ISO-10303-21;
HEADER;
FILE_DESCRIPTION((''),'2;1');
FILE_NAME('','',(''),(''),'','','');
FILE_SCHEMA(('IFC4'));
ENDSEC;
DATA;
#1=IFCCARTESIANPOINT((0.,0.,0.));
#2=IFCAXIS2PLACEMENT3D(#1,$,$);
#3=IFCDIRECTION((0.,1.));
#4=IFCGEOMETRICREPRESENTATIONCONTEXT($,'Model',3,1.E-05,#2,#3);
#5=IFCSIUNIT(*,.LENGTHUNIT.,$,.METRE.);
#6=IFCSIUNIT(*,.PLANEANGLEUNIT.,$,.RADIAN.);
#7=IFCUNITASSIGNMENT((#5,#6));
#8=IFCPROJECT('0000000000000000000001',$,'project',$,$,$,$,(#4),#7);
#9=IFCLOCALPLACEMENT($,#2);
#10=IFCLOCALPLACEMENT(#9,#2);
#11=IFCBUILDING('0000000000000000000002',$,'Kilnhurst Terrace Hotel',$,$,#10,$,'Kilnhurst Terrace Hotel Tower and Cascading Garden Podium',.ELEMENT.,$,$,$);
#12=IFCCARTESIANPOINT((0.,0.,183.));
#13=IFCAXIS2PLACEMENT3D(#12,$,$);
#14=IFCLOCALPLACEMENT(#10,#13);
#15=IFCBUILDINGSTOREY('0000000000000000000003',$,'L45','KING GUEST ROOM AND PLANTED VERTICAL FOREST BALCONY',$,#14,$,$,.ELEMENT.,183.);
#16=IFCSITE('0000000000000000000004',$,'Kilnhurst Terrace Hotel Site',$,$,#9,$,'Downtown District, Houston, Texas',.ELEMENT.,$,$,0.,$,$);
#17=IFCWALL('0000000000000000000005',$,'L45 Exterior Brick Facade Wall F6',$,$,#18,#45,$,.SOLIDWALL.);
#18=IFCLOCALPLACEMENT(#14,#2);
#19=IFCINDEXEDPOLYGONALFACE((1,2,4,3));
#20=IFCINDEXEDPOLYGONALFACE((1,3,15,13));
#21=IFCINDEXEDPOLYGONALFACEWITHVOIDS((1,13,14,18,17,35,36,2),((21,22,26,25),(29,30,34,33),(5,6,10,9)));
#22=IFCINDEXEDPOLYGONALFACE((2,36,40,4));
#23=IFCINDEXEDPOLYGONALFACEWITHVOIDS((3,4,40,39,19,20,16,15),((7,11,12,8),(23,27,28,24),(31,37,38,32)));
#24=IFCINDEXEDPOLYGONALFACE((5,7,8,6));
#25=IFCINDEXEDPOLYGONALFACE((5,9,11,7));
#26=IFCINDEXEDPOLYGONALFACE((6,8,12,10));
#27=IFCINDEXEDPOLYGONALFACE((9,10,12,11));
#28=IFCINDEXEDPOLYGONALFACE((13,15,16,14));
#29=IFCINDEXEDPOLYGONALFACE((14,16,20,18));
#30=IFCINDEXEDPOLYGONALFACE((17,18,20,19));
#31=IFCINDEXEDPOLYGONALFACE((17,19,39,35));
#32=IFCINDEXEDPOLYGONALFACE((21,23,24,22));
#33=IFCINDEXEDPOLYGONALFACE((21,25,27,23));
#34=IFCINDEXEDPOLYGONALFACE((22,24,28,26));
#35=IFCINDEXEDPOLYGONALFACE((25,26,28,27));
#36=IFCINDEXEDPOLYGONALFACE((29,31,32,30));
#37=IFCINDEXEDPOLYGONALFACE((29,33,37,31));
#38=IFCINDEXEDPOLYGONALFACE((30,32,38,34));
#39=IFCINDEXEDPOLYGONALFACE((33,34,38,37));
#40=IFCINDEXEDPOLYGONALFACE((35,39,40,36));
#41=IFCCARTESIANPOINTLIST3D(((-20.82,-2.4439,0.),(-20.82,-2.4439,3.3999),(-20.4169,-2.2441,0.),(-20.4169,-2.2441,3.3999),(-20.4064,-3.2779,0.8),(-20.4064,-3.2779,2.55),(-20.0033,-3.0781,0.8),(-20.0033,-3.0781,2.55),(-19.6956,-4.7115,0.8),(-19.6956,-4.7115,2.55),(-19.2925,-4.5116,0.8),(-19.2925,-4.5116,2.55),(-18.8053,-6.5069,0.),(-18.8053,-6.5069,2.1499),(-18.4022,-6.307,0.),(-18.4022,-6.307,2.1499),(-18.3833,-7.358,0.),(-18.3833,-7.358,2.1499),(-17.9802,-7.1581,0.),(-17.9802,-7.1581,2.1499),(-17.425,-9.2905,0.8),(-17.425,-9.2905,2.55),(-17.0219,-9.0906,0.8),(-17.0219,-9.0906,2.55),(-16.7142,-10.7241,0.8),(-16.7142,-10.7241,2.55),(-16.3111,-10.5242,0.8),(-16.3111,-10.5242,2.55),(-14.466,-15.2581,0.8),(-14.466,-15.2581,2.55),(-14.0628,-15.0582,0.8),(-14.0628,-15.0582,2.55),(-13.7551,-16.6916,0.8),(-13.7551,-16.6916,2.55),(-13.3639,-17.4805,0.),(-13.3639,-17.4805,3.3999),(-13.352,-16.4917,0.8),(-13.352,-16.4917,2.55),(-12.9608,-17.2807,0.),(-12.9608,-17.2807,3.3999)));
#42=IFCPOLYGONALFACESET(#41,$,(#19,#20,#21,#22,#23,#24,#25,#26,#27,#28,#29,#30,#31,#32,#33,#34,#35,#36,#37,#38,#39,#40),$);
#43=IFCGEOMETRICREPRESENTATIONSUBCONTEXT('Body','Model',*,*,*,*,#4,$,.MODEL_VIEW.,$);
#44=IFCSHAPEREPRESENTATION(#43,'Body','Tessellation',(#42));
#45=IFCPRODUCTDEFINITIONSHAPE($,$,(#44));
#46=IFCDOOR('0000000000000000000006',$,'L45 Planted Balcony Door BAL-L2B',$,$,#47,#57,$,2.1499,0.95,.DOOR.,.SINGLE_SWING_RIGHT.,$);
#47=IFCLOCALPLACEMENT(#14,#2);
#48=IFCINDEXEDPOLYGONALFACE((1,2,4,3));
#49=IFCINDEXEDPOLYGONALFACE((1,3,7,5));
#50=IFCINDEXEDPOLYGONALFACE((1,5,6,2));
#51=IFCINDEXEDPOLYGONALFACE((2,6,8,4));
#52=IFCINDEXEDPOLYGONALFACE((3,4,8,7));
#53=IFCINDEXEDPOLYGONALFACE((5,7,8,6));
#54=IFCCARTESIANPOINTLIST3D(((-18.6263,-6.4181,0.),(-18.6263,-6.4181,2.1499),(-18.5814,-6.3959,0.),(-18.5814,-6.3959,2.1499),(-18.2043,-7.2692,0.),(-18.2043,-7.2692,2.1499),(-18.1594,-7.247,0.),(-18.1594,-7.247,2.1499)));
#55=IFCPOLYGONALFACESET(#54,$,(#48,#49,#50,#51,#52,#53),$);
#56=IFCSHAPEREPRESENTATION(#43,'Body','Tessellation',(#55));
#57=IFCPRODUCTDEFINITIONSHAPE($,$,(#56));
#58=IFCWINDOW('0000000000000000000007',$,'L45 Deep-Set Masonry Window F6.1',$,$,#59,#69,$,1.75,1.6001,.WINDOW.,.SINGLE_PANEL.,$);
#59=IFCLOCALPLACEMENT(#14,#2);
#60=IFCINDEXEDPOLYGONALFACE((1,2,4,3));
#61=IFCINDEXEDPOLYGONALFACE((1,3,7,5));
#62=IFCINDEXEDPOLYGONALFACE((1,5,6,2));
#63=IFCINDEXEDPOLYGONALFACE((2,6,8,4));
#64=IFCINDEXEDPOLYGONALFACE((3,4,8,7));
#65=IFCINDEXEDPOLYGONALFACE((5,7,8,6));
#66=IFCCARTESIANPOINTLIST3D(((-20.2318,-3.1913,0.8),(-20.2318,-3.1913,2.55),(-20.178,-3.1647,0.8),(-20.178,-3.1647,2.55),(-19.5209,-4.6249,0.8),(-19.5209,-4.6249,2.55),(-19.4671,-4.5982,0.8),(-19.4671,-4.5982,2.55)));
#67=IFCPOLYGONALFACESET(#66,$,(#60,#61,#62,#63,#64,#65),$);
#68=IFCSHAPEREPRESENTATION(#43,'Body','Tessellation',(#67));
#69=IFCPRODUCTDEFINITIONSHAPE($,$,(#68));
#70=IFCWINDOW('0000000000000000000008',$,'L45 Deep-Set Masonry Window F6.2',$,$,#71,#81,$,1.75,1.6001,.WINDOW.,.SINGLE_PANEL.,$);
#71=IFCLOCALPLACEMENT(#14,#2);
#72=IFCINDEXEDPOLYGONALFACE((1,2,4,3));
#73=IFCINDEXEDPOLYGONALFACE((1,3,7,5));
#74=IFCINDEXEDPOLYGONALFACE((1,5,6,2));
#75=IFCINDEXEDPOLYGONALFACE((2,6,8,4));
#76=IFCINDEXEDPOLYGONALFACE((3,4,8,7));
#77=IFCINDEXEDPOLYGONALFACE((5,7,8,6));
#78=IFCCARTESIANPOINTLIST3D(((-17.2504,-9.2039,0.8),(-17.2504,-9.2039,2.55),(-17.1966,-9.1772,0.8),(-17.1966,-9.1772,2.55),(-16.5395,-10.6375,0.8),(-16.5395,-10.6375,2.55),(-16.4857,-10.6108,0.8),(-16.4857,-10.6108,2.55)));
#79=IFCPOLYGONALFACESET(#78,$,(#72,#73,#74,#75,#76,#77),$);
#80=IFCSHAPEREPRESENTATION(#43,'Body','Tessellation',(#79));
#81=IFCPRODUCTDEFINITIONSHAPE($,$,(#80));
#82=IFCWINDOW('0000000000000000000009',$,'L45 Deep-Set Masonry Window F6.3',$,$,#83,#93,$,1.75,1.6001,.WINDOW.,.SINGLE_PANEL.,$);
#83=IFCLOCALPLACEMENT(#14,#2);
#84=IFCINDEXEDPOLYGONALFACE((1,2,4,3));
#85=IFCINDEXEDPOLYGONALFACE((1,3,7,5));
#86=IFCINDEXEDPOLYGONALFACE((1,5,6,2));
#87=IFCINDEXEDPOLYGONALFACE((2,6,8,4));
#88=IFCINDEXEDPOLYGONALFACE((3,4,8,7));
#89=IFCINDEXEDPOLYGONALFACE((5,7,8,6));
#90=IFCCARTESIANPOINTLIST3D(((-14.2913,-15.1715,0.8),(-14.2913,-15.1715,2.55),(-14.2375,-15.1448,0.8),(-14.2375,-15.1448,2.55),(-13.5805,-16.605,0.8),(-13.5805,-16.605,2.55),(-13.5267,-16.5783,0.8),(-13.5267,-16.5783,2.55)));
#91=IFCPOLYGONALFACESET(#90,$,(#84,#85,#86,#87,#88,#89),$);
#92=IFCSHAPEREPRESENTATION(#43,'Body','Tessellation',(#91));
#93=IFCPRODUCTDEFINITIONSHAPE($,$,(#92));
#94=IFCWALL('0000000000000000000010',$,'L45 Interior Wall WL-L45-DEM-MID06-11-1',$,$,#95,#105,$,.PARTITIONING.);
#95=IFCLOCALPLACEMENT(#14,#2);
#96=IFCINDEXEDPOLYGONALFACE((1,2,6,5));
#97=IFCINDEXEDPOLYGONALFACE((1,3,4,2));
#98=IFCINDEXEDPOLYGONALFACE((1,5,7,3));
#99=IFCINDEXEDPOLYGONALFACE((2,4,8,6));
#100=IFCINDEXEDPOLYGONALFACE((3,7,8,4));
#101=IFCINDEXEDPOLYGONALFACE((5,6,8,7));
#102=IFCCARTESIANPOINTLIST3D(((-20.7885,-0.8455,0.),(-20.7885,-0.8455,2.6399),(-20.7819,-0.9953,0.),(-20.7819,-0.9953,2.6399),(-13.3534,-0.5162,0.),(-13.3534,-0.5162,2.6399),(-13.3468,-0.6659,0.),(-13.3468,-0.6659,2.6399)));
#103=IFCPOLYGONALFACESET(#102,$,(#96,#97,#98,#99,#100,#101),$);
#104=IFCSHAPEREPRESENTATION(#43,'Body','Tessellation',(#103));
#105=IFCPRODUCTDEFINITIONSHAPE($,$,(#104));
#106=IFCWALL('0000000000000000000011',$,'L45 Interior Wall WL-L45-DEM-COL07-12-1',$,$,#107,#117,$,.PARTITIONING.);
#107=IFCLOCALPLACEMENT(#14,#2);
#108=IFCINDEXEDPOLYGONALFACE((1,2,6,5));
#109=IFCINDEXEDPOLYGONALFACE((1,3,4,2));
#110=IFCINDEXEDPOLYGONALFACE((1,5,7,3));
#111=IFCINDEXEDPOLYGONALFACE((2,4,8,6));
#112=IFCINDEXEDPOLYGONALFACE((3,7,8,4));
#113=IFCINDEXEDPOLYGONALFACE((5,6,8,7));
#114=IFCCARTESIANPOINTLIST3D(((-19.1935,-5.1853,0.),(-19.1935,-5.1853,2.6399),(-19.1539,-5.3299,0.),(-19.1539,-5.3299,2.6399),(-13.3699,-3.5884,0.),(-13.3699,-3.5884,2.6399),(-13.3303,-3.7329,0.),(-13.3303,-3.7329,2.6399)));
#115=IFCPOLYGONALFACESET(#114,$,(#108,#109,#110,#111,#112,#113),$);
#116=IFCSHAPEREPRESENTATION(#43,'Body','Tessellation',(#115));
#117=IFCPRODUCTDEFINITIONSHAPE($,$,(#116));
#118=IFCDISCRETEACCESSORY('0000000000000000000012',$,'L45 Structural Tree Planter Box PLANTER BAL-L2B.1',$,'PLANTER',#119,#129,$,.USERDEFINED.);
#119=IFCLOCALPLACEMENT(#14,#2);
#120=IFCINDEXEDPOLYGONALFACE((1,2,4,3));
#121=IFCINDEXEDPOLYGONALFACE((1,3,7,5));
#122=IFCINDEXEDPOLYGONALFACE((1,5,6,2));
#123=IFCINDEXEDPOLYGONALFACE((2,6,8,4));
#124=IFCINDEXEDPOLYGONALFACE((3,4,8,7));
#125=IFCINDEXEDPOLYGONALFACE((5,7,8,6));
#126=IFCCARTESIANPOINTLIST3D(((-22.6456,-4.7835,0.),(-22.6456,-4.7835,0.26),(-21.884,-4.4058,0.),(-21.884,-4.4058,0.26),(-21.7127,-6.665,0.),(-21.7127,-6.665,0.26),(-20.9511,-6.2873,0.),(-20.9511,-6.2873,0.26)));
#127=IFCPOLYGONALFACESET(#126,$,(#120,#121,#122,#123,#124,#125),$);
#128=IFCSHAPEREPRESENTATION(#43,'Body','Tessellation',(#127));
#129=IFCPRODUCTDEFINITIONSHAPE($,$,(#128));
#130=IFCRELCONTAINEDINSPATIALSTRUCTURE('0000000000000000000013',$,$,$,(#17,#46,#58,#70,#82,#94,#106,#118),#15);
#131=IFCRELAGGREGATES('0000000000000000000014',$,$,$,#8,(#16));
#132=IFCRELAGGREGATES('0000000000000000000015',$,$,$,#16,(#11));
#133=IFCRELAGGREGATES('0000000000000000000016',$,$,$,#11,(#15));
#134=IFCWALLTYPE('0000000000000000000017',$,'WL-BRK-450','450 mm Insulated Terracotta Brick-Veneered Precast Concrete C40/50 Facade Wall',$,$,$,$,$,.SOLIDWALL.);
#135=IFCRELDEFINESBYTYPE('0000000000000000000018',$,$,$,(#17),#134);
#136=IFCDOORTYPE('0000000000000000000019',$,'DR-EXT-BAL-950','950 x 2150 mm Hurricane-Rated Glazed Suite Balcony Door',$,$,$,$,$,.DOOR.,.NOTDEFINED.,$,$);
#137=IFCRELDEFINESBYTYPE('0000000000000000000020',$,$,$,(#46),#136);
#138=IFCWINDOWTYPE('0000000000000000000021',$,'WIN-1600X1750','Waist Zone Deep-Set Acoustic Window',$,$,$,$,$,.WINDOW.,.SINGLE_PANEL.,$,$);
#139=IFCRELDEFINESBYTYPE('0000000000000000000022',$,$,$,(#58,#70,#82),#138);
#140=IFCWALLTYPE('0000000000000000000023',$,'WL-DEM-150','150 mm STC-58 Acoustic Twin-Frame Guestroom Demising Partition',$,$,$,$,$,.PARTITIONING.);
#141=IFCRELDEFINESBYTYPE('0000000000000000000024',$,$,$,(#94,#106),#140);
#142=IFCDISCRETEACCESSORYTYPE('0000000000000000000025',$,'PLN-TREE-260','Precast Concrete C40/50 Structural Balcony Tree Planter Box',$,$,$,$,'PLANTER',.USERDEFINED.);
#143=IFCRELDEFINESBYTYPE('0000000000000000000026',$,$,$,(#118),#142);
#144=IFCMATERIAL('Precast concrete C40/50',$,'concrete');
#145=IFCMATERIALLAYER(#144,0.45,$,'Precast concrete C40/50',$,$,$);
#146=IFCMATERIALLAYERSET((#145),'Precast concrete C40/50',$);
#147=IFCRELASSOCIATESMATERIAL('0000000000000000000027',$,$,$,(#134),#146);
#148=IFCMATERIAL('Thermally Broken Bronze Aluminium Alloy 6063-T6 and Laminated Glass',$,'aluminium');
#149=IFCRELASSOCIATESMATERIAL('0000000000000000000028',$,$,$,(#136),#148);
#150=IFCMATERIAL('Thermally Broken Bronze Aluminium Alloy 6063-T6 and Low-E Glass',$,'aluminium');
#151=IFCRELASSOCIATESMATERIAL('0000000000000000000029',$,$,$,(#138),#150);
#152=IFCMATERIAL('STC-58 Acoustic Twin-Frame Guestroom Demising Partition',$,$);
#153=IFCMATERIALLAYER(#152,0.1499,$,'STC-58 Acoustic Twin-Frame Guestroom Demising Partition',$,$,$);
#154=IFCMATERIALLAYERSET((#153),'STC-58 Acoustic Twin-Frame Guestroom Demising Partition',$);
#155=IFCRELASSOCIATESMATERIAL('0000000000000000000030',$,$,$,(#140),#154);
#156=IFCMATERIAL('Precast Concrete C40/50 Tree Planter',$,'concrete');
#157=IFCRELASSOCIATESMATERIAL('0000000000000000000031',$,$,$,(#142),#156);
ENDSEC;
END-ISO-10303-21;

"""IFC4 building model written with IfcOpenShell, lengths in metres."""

from ifc_helpers import new_model, si_unit, direction, frame, frame_2d, origin, origin_2d, place, context, subcontext, project, spatial, rectangle, extrude, material, layer, layer_set, type_object, element, fill, save


model = new_model("IFC4")

# Units and contexts
model_context = context("Model", 3, precision=1e-05, world=origin(), true_north=direction((0.0, 1.0)))
body_context = subcontext(model_context, "Body", "Model", "MODEL_VIEW")
ifc_project = project(units=[si_unit("LENGTHUNIT", "METRE"), si_unit("PLANEANGLEUNIT", "RADIAN")], contexts=[model_context])

# Site, building, storey
site_placement = place(None, origin())
site = spatial("IfcSite", under=ifc_project, at=site_placement, Name="Kilnhurst Terrace Hotel Site", LongName="Downtown District, Houston, Texas", CompositionType="ELEMENT", RefElevation=0.0)
building_placement = place(site_placement, origin())
building = spatial("IfcBuilding", under=site, at=building_placement, Name="Kilnhurst Terrace Hotel", LongName="Kilnhurst Terrace Hotel Tower and Cascading Garden Podium", CompositionType="ELEMENT")
storey_placement = place(building_placement, frame((0.0, 0.0, 183.0)))
storey = spatial("IfcBuildingStorey", under=building, at=storey_placement, Name="L45", Description="KING GUEST ROOM AND PLANTED VERTICAL FOREST BALCONY", CompositionType="ELEMENT", Elevation=183.0)

# Shared definitions
ifc_material_1 = material(Name="Precast concrete C40/50", Category="concrete")
ifc_layer_1 = layer(ifc_material_1, 0.45, Name="Precast concrete C40/50")
ifc_layer_set_1 = layer_set([ifc_layer_1], Name="Precast concrete C40/50")
wall_type_1 = type_object("IfcWallType", Name="WL-BRK-450", Description="450 mm Insulated Terracotta Brick-Veneered Precast Concrete C40/50 Facade Wall", PredefinedType="SOLIDWALL", material=ifc_layer_set_1)

# Wall, openings, door, windows
wall_1_placement = place(storey_placement, frame((-20.6184, -2.344, 0.0), z_axis=(0.0, 0.0, 1.0), x_axis=(0.444244, -0.895906, 0.0)))
wall_1 = element("IfcWall", 1, at=wall_1_placement, inside=storey, type_object=wall_type_1, Name="L45 Exterior Brick Facade Wall F6", PredefinedType="SOLIDWALL", context=body_context, shape_type="SweptSolid", body=[
    extrude(rectangle(XDim=16.7837, YDim=0.45, at=frame_2d((8.3918, 0.0))), origin(), (0.0, 0.0, 1.0), 3.3999),
])
opening_1_placement = place(wall_1_placement, frame((4.5349, 0.0, 0.0)))
opening_1 = element("IfcOpeningElement", 2, at=opening_1_placement, cuts=wall_1, PredefinedType="OPENING", context=body_context, shape_type="SweptSolid", body=[
    extrude(rectangle(XDim=0.95, YDim=2.1499, at=frame_2d((0.4751, 1.075))), frame((0.0, 0.2349, 0.0), z_axis=(0.0, -1.0, 0.0), x_axis=(1.0, 0.0, 0.0)), (0.0, 0.0, 1.0), 0.47),
])
opening_2_placement = place(wall_1_placement, frame((0.9309, 0.0, 0.8)))
opening_2 = element("IfcOpeningElement", 3, at=opening_2_placement, cuts=wall_1, PredefinedType="OPENING", context=body_context, shape_type="SweptSolid", body=[
    extrude(rectangle(XDim=1.6001, YDim=1.75, at=frame_2d((0.8, 0.875))), frame((0.0, 0.2349, 0.0), z_axis=(0.0, -1.0, 0.0), x_axis=(1.0, 0.0, 0.0)), (0.0, 0.0, 1.0), 0.47),
])
opening_3_placement = place(wall_1_placement, frame((7.6421, 0.0, 0.8)))
opening_3 = element("IfcOpeningElement", 4, at=opening_3_placement, cuts=wall_1, PredefinedType="OPENING", context=body_context, shape_type="SweptSolid", body=[
    extrude(rectangle(XDim=1.6001, YDim=1.75, at=frame_2d((0.8, 0.875))), frame((0.0, 0.2349, 0.0), z_axis=(0.0, -1.0, 0.0), x_axis=(1.0, 0.0, 0.0)), (0.0, 0.0, 1.0), 0.47),
])
opening_4_placement = place(wall_1_placement, frame((14.303, 0.0, 0.8)))
opening_4 = element("IfcOpeningElement", 5, at=opening_4_placement, cuts=wall_1, PredefinedType="OPENING", context=body_context, shape_type="SweptSolid", body=[
    extrude(rectangle(XDim=1.6001, YDim=1.75, at=frame_2d((0.8, 0.875))), frame((0.0, 0.2349, 0.0), z_axis=(0.0, -1.0, 0.0), x_axis=(1.0, 0.0, 0.0)), (0.0, 0.0, 1.0), 0.47),
])
ifc_material_2 = material(Name="Thermally Broken Bronze Aluminium Alloy 6063-T6 and Laminated Glass", Category="aluminium")
door_type_1 = type_object("IfcDoorType", Name="DR-EXT-BAL-950", Description="950 x 2150 mm Hurricane-Rated Glazed Suite Balcony Door", OperationType="NOTDEFINED", PredefinedType="DOOR", material=ifc_material_2)
door_1_placement = place(opening_1_placement, origin())
door_1 = element("IfcDoor", 6, at=door_1_placement, inside=storey, type_object=door_type_1, Name="L45 Planted Balcony Door BAL-L2B", OperationType="SINGLE_SWING_RIGHT", OverallHeight=2.1499, OverallWidth=0.95, PredefinedType="DOOR", context=body_context, shape_type="SweptSolid", body=[
    extrude(rectangle(XDim=0.95, YDim=2.1499, at=frame_2d((0.4751, 1.075))), frame((0.0, 0.0249, 0.0), z_axis=(0.0, -1.0, 0.0), x_axis=(1.0, 0.0, 0.0)), (0.0, 0.0, 1.0), 0.05),
])
fill(opening_1, door_1)
ifc_material_3 = material(Name="Thermally Broken Bronze Aluminium Alloy 6063-T6 and Low-E Glass", Category="aluminium")
window_type = type_object("IfcWindowType", Name="WIN-1600X1750", Description="Waist Zone Deep-Set Acoustic Window", PartitioningType="SINGLE_PANEL", PredefinedType="WINDOW", material=ifc_material_3)
window_1_placement = place(opening_2_placement, origin())
window_1 = element("IfcWindow", 7, at=window_1_placement, inside=storey, type_object=window_type, Name="L45 Deep-Set Masonry Window F6.1", OverallHeight=1.75, OverallWidth=1.6001, PartitioningType="SINGLE_PANEL", PredefinedType="WINDOW", context=body_context, shape_type="SweptSolid", body=[
    extrude(rectangle(XDim=1.6001, YDim=1.75, at=frame_2d((0.8, 0.875))), frame((0.0, 0.03, 0.0), z_axis=(0.0, -1.0, 0.0), x_axis=(1.0, 0.0, 0.0)), (0.0, 0.0, 1.0), 0.0601),
])
fill(opening_2, window_1)
window_2_placement = place(opening_3_placement, origin())
window_2 = element("IfcWindow", 8, at=window_2_placement, inside=storey, type_object=window_type, Name="L45 Deep-Set Masonry Window F6.2", OverallHeight=1.75, OverallWidth=1.6001, PartitioningType="SINGLE_PANEL", PredefinedType="WINDOW", context=body_context, shape_type="SweptSolid", body=[
    extrude(rectangle(XDim=1.6001, YDim=1.75, at=frame_2d((0.8, 0.875))), frame((0.0, 0.03, 0.0), z_axis=(0.0, -1.0, 0.0), x_axis=(1.0, 0.0, 0.0)), (0.0, 0.0, 1.0), 0.0601),
])
fill(opening_3, window_2)
window_3_placement = place(opening_4_placement, origin())
window_3 = element("IfcWindow", 9, at=window_3_placement, inside=storey, type_object=window_type, Name="L45 Deep-Set Masonry Window F6.3", OverallHeight=1.75, OverallWidth=1.6001, PartitioningType="SINGLE_PANEL", PredefinedType="WINDOW", context=body_context, shape_type="SweptSolid", body=[
    extrude(rectangle(XDim=1.6001, YDim=1.75, at=frame_2d((0.8, 0.875))), frame((0.0, 0.03, 0.0), z_axis=(0.0, -1.0, 0.0), x_axis=(1.0, 0.0, 0.0)), (0.0, 0.0, 1.0), 0.0601),
])
fill(opening_4, window_3)

# Walls
ifc_material_4 = material(Name="STC-58 Acoustic Twin-Frame Guestroom Demising Partition")
ifc_layer_2 = layer(ifc_material_4, 0.1499, Name="STC-58 Acoustic Twin-Frame Guestroom Demising Partition")
ifc_layer_set_2 = layer_set([ifc_layer_2], Name="STC-58 Acoustic Twin-Frame Guestroom Demising Partition")
wall_type_2 = type_object("IfcWallType", Name="WL-DEM-150", Description="150 mm STC-58 Acoustic Twin-Frame Guestroom Demising Partition", PredefinedType="PARTITIONING", material=ifc_layer_set_2)
wall_2_placement = place(storey_placement, frame((-13.3501, -0.5911, 0.0), z_axis=(0.0, 0.0, 1.0), x_axis=(-0.99902, -0.044253, 0.0)))
element("IfcWall", 10, at=wall_2_placement, inside=storey, type_object=wall_type_2, Name="L45 Interior Wall WL-L45-DEM-MID06-11-1", PredefinedType="PARTITIONING", context=body_context, shape_type="SweptSolid", body=[
    extrude(rectangle(XDim=7.4424, YDim=0.1499, at=frame_2d((3.7212, 0.0))), origin(), (0.0, 0.0, 1.0), 2.6399),
])
wall_3_placement = place(storey_placement, frame((-13.3501, -3.6606, 0.0), z_axis=(0.0, 0.0, 1.0), x_axis=(-0.964397, -0.264458, 0.0)))
element("IfcWall", 11, at=wall_3_placement, inside=storey, type_object=wall_type_2, Name="L45 Interior Wall WL-L45-DEM-COL07-12-1", PredefinedType="PARTITIONING", context=body_context, shape_type="SweptSolid", body=[
    extrude(rectangle(XDim=6.0386, YDim=0.1499, at=frame_2d((3.0193, 0.0))), origin(), (0.0, 0.0, 1.0), 2.6399),
])

# Discrete accessory
ifc_material_5 = material(Name="Precast Concrete C40/50 Tree Planter", Category="concrete")
discrete_accessory_type = type_object("IfcDiscreteAccessoryType", Name="PLN-TREE-260", Description="Precast Concrete C40/50 Structural Balcony Tree Planter Box", ElementType="PLANTER", PredefinedType="USERDEFINED", material=ifc_material_5)
discrete_accessory_placement = place(storey_placement, frame((-21.7983, -5.5354, 0.0), z_axis=(0.0, 0.0, 1.0), x_axis=(0.444244, -0.895906, 0.0)))
element("IfcDiscreteAccessory", 12, at=discrete_accessory_placement, inside=storey, type_object=discrete_accessory_type, Name="L45 Structural Tree Planter Box PLANTER BAL-L2B.1", ObjectType="PLANTER", PredefinedType="USERDEFINED", context=body_context, shape_type="SweptSolid", body=[
    extrude(rectangle(XDim=2.1001, YDim=0.8501, at=origin_2d()), origin(), (0.0, 0.0, 1.0), 0.26),
])

save(model, "model.ifc")
